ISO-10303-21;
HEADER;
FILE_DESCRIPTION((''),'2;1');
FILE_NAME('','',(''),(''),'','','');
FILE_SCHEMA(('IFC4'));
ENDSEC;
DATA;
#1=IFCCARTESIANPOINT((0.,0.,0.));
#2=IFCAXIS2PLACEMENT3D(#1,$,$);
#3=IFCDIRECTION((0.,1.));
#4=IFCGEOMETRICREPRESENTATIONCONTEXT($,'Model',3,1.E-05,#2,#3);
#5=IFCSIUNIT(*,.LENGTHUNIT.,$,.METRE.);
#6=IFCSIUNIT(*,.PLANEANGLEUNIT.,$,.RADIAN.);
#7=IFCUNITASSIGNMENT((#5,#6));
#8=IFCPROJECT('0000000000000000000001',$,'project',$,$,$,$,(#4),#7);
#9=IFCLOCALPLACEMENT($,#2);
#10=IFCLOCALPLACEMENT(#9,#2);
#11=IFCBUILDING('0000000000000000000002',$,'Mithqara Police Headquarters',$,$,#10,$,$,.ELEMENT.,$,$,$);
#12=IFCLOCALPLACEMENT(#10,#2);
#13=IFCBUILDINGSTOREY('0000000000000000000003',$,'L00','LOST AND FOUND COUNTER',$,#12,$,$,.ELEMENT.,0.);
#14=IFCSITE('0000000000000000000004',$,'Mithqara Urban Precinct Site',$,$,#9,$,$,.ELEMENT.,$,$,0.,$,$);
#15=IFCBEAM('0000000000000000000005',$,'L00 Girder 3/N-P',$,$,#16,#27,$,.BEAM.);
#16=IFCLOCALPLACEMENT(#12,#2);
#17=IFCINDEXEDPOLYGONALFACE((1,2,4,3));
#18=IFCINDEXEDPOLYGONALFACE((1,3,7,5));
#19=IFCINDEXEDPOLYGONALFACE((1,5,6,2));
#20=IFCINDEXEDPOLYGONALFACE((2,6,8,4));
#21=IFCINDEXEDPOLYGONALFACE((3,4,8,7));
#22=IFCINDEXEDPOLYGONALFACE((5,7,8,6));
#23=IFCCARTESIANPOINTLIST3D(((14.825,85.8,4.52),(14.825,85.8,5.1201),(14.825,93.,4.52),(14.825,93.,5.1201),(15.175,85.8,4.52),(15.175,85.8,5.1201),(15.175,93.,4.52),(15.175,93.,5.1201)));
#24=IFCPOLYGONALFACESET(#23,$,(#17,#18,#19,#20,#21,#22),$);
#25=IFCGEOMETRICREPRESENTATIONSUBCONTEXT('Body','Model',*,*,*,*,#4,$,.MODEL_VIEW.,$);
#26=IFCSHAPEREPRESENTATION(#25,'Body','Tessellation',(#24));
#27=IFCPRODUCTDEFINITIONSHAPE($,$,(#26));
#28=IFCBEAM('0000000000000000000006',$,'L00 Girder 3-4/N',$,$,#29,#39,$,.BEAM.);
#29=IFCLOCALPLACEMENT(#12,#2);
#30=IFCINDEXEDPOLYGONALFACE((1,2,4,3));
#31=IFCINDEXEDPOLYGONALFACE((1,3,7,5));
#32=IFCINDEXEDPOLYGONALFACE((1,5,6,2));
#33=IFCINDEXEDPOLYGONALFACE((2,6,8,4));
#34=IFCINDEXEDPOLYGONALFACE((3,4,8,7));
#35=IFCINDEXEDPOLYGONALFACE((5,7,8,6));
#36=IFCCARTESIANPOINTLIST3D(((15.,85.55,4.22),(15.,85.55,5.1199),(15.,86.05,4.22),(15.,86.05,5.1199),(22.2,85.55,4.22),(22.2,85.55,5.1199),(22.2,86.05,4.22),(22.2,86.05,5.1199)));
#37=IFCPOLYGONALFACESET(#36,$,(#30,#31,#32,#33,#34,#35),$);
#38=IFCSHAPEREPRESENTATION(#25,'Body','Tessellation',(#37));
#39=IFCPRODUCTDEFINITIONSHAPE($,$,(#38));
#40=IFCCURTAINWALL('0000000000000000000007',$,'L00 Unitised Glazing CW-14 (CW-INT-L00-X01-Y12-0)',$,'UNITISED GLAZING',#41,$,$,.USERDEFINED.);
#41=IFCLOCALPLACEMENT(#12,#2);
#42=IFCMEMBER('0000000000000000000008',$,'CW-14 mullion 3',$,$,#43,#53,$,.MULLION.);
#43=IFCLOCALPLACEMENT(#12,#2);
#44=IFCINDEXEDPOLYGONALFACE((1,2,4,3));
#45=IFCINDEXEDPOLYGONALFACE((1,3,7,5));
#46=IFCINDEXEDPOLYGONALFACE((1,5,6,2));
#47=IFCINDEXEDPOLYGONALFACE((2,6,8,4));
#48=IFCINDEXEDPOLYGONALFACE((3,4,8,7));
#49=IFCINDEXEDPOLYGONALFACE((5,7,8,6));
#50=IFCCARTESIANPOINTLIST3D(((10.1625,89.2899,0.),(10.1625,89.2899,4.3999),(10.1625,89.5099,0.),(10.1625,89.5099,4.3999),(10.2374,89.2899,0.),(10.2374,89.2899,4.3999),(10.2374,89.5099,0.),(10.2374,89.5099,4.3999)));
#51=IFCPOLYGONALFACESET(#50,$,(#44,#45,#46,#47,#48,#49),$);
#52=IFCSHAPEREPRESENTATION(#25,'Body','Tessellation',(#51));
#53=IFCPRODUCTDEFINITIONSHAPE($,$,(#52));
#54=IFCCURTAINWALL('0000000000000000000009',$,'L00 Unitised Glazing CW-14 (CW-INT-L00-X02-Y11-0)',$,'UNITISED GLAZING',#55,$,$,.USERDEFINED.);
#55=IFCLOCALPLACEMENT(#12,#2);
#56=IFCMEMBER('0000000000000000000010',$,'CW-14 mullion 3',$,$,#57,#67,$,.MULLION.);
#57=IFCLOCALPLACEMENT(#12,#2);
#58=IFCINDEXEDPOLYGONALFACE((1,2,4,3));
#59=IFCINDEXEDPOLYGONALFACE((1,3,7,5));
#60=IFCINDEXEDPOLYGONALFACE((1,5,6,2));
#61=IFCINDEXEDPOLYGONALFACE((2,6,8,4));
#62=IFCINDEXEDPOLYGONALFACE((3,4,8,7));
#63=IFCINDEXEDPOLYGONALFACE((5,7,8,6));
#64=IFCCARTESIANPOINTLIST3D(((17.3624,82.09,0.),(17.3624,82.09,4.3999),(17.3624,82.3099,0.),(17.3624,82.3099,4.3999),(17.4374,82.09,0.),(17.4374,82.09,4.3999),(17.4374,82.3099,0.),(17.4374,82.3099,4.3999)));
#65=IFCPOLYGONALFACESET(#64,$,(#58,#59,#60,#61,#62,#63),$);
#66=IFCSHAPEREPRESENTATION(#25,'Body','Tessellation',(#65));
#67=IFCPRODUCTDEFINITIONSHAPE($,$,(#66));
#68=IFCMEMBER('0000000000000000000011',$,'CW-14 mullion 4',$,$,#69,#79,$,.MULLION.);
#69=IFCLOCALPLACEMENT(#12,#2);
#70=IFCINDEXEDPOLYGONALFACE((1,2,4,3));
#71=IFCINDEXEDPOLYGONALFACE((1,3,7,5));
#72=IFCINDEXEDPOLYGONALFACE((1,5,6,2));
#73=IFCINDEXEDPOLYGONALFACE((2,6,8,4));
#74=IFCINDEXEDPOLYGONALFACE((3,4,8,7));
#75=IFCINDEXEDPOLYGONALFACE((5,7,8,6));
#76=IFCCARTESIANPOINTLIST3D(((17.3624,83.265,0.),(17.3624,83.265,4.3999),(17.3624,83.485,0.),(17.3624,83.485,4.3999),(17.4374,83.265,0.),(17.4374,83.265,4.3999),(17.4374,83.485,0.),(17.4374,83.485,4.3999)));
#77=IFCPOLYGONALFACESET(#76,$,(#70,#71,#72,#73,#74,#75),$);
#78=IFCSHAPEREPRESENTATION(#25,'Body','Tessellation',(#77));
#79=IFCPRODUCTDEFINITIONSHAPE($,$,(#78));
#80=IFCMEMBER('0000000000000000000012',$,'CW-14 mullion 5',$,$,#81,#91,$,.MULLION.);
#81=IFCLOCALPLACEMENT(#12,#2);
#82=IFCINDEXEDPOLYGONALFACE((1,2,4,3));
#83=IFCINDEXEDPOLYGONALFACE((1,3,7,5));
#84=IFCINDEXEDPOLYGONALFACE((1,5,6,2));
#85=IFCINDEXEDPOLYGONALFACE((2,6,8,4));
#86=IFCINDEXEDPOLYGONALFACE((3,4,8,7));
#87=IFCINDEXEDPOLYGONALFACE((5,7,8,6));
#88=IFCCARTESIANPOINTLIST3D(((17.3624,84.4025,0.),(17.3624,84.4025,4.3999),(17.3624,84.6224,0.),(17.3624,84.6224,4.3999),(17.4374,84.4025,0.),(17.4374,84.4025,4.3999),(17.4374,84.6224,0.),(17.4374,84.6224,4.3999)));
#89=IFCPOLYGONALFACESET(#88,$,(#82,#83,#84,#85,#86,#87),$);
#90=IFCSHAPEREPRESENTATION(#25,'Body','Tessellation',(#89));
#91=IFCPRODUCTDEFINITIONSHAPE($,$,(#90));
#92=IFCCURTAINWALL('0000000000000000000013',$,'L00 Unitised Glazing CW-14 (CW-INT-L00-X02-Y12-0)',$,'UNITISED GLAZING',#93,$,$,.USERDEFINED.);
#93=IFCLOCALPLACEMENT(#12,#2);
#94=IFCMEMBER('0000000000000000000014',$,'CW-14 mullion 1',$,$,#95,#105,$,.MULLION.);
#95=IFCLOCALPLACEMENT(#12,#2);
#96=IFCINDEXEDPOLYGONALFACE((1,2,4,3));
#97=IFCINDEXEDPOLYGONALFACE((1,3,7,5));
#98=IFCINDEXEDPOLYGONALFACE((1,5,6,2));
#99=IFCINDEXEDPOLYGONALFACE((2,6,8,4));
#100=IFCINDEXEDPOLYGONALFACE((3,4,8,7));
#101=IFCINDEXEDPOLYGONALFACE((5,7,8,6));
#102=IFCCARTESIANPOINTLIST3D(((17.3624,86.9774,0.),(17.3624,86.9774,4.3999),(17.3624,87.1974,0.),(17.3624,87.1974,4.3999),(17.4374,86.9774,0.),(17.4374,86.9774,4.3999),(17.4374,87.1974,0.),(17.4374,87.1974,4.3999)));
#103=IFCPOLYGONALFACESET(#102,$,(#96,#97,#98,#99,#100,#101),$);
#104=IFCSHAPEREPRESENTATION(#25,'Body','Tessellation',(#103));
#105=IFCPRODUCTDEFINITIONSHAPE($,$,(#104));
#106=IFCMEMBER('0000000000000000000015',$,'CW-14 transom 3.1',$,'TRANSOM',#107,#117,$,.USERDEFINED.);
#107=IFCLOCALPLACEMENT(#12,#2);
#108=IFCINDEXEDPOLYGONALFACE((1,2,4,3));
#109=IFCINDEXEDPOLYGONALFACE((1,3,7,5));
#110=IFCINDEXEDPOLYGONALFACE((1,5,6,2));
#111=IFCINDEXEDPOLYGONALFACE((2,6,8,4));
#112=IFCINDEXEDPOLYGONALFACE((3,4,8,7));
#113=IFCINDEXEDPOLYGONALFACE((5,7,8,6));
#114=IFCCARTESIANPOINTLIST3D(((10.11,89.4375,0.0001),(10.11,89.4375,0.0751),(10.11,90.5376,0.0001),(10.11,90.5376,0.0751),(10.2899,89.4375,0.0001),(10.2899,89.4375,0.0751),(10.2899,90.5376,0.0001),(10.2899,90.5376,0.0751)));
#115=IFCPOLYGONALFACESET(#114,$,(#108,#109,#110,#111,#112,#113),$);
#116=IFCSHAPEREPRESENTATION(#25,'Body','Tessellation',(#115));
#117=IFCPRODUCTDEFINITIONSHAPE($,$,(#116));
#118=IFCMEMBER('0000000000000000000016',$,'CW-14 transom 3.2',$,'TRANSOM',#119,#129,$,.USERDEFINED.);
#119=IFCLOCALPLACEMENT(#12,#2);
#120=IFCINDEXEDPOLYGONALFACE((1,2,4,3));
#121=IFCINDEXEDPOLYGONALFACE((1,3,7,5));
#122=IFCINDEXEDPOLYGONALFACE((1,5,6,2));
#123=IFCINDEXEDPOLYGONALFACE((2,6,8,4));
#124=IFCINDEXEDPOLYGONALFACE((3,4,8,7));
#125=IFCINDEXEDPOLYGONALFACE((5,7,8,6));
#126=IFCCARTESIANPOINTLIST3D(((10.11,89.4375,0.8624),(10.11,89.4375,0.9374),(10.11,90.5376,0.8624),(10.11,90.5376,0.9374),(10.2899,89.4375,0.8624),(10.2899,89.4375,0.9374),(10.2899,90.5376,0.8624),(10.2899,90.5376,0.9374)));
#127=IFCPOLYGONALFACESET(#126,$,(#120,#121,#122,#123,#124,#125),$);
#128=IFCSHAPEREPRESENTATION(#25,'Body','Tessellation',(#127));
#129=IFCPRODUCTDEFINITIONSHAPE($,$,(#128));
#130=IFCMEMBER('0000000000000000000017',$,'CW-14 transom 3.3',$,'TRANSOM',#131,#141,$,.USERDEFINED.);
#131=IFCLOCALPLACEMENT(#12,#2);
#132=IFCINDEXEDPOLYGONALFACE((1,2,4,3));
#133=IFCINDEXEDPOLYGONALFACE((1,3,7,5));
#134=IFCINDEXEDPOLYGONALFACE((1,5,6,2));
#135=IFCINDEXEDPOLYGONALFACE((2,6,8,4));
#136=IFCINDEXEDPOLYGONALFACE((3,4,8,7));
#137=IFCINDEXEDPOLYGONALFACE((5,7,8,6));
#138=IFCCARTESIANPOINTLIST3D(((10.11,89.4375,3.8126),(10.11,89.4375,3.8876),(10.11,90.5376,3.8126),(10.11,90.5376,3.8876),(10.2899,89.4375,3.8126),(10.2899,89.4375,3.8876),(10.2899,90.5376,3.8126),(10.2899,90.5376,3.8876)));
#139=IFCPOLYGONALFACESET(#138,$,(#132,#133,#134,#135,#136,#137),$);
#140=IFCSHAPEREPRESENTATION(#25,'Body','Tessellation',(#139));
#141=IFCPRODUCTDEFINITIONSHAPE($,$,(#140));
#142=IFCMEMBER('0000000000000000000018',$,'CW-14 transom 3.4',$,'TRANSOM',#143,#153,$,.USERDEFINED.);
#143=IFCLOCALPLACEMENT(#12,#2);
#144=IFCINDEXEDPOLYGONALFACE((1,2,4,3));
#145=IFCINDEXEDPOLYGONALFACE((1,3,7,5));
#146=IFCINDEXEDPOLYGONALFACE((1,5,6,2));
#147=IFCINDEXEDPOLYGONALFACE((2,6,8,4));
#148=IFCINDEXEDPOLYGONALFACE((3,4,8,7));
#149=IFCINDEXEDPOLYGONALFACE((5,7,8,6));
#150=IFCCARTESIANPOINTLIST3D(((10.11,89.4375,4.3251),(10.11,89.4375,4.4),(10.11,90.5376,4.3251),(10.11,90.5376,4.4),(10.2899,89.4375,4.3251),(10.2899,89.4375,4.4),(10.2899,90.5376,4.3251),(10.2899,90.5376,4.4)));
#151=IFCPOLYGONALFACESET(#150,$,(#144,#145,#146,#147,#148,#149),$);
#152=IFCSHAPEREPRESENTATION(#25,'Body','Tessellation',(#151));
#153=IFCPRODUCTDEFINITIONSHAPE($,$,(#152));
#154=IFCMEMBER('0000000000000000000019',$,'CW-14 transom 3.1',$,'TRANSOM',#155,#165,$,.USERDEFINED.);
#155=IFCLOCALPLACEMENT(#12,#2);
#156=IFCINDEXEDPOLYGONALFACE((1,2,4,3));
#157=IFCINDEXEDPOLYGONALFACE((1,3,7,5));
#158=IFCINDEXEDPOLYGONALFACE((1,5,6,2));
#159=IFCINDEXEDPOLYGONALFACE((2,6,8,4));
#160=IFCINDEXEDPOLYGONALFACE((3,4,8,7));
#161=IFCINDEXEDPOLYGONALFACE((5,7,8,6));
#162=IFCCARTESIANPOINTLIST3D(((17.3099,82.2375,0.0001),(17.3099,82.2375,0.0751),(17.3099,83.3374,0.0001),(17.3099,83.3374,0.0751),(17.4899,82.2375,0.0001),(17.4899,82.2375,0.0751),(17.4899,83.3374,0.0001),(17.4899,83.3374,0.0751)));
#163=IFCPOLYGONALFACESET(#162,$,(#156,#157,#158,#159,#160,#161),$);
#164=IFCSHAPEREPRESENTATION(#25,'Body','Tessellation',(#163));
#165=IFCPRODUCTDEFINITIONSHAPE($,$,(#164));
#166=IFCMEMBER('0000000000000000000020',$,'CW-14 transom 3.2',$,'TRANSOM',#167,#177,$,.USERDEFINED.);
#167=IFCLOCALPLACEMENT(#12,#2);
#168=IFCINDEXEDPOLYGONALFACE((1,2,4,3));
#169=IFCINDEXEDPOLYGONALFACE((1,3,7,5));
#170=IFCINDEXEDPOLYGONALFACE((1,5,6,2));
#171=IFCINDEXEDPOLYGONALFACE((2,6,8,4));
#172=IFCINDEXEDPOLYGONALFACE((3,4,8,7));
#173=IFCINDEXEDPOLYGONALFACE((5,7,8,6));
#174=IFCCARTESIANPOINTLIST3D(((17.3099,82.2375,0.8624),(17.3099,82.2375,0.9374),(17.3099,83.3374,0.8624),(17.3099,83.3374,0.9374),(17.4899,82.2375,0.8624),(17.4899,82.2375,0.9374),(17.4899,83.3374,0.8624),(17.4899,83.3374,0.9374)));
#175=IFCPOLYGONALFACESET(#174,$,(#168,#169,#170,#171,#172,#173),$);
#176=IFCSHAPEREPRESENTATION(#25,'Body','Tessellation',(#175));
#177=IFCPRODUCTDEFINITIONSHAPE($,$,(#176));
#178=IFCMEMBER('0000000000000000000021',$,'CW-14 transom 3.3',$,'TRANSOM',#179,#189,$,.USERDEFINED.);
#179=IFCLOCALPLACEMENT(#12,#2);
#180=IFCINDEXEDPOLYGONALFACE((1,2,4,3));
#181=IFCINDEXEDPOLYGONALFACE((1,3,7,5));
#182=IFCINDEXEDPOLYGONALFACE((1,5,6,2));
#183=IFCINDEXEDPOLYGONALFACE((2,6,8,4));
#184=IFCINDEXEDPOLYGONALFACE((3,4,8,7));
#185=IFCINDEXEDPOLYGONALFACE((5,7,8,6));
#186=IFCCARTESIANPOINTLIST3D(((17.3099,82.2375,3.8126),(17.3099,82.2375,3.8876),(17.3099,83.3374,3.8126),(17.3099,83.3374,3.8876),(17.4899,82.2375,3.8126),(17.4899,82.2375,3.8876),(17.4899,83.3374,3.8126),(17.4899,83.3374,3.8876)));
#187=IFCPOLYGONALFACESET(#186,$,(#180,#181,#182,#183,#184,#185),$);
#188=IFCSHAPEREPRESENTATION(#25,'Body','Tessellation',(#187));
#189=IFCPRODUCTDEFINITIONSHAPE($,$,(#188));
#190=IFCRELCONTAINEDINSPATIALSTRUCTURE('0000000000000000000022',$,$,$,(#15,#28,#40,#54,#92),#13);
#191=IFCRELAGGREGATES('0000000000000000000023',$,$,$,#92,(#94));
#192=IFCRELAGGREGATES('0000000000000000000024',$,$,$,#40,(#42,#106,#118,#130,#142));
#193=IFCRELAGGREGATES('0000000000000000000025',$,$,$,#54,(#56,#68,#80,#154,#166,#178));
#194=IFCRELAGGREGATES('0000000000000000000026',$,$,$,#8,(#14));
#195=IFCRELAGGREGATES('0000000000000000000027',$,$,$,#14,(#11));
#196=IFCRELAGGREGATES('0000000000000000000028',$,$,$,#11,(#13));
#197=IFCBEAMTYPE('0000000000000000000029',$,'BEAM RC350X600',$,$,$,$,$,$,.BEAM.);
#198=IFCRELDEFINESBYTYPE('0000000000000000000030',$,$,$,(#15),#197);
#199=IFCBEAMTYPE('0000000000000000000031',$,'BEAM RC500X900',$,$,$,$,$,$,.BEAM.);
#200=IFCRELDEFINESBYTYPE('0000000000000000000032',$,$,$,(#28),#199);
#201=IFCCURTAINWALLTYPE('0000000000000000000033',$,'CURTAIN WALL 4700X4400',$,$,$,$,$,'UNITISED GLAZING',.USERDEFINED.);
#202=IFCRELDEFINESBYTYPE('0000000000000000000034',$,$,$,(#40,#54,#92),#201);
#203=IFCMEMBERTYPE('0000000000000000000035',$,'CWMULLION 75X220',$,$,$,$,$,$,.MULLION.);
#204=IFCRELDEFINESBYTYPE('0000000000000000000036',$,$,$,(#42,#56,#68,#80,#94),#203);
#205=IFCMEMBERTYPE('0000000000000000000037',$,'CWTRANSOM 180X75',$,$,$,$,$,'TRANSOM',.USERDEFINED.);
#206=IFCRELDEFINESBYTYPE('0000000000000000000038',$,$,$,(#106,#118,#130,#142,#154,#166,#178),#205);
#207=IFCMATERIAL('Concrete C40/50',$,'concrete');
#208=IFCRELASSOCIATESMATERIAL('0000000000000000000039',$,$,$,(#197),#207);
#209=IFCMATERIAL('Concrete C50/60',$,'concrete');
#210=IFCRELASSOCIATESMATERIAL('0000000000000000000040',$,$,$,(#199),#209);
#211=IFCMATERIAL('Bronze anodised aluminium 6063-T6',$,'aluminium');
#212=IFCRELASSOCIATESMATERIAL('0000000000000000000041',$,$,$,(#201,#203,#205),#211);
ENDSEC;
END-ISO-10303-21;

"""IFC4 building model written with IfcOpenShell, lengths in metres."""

from ifc_helpers import new_model, si_unit, direction, frame, origin, origin_2d, place, context, subcontext, project, spatial, rectangle, extrude, material, material_profile, profile_set, type_object, element, aggregate, save


model = new_model("IFC4")

# Units and contexts
model_context = context("Model", 3, precision=1e-05, world=origin(), true_north=direction((0.0, 1.0)))
body_context = subcontext(model_context, "Body", "Model", "MODEL_VIEW")
ifc_project = project(units=[si_unit("LENGTHUNIT", "METRE"), si_unit("PLANEANGLEUNIT", "RADIAN")], contexts=[model_context])

# Site, building, storey
site_placement = place(None, origin())
site = spatial("IfcSite", under=ifc_project, at=site_placement, Name="Mithqara Urban Precinct Site", CompositionType="ELEMENT", RefElevation=0.0)
building_placement = place(site_placement, origin())
building = spatial("IfcBuilding", under=site, at=building_placement, Name="Mithqara Police Headquarters", CompositionType="ELEMENT")
storey_placement = place(building_placement, origin())
storey = spatial("IfcBuildingStorey", under=building, at=storey_placement, Name="L00", Description="LOST AND FOUND COUNTER", CompositionType="ELEMENT", Elevation=0.0)

# Shared definitions
ifc_material_1 = material(Name="Concrete C50/60", Category="concrete")

# Beams
ifc_material_2 = material(Name="Concrete C40/50", Category="concrete")
ifc_material_profile_1 = material_profile(ifc_material_2, rectangle(XDim=0.3501, YDim=0.6001, at=origin_2d()), Name="RC 350x600")
ifc_profile_set_1 = profile_set([ifc_material_profile_1], Name="Concrete C40/50")
beam_type_1 = type_object("IfcBeamType", Name="BEAM RC350X600", PredefinedType="BEAM", material=ifc_profile_set_1)
beam_1_placement = place(storey_placement, frame((15.0, 85.8, 4.8201), z_axis=(0.0, 1.0, 0.0), x_axis=(-1.0, 0.0, 0.0)))
element("IfcBeam", 1, at=beam_1_placement, inside=storey, type_object=beam_type_1, Name="L00 Girder 3/N-P", PredefinedType="BEAM", context=body_context, shape_type="SweptSolid", body=[
    extrude(rectangle(XDim=0.3501, YDim=0.6001, at=origin_2d()), origin(), (0.0, 0.0, 1.0), 7.2),
])
ifc_material_profile_2 = material_profile(ifc_material_1, rectangle(XDim=0.5, YDim=0.8999, at=origin_2d()), Name="RC 500x900")
ifc_profile_set_2 = profile_set([ifc_material_profile_2], Name="Concrete C50/60")
beam_type_2 = type_object("IfcBeamType", Name="BEAM RC500X900", PredefinedType="BEAM", material=ifc_profile_set_2)
beam_2_placement = place(storey_placement, frame((15.0, 85.8, 4.6699), z_axis=(1.0, 0.0, 0.0), x_axis=(0.0, 1.0, 0.0)))
element("IfcBeam", 2, at=beam_2_placement, inside=storey, type_object=beam_type_2, Name="L00 Girder 3-4/N", PredefinedType="BEAM", context=body_context, shape_type="SweptSolid", body=[
    extrude(rectangle(XDim=0.5, YDim=0.8999, at=origin_2d()), origin(), (0.0, 0.0, 1.0), 7.2),
])

# Curtain wall, member
ifc_material_3 = material(Name="Bronze anodised aluminium 6063-T6", Category="aluminium")
curtain_wall_type = type_object("IfcCurtainWallType", Name="CURTAIN WALL 4700X4400", ElementType="UNITISED GLAZING", PredefinedType="USERDEFINED", material=ifc_material_3)
curtain_wall_1_placement = place(storey_placement, origin())
curtain_wall_1 = element("IfcCurtainWall", 3, at=curtain_wall_1_placement, inside=storey, type_object=curtain_wall_type, Name="L00 Unitised Glazing CW-14 (CW-INT-L00-X01-Y12-0)", ObjectType="UNITISED GLAZING", PredefinedType="USERDEFINED")
ifc_material_profile_3 = material_profile(ifc_material_3, rectangle(XDim=0.075, YDim=0.22, at=origin_2d()), Name="CWM 75x220")
ifc_profile_set_3 = profile_set([ifc_material_profile_3], Name="Bronze anodised aluminium 6063-T6")
member_type_1 = type_object("IfcMemberType", Name="CWMULLION 75X220", PredefinedType="MULLION", material=ifc_profile_set_3)
member_1_placement = place(storey_placement, frame((10.2, 89.3999, 0.0), z_axis=(0.0, 0.0, 1.0), x_axis=(-1.0, 0.0, 0.0)))
member_1 = element("IfcMember", 4, at=member_1_placement, type_object=member_type_1, Name="CW-14 mullion 3", PredefinedType="MULLION", context=body_context, shape_type="SweptSolid", body=[
    extrude(rectangle(XDim=0.075, YDim=0.22, at=origin_2d()), origin(), (0.0, 0.0, 1.0), 4.3999),
])

# Curtain wall, members
curtain_wall_2_placement = place(storey_placement, origin())
curtain_wall_2 = element("IfcCurtainWall", 5, at=curtain_wall_2_placement, inside=storey, type_object=curtain_wall_type, Name="L00 Unitised Glazing CW-14 (CW-INT-L00-X02-Y11-0)", ObjectType="UNITISED GLAZING", PredefinedType="USERDEFINED")
member_2_placement = place(storey_placement, frame((17.3999, 82.2, 0.0), z_axis=(0.0, 0.0, 1.0), x_axis=(-1.0, 0.0, 0.0)))
member_2 = element("IfcMember", 6, at=member_2_placement, type_object=member_type_1, Name="CW-14 mullion 3", PredefinedType="MULLION", context=body_context, shape_type="SweptSolid", body=[
    extrude(rectangle(XDim=0.075, YDim=0.22, at=origin_2d()), origin(), (0.0, 0.0, 1.0), 4.3999),
])
member_3_placement = place(storey_placement, frame((17.3999, 83.375, 0.0), z_axis=(0.0, 0.0, 1.0), x_axis=(-1.0, 0.0, 0.0)))
member_3 = element("IfcMember", 7, at=member_3_placement, type_object=member_type_1, Name="CW-14 mullion 4", PredefinedType="MULLION", context=body_context, shape_type="SweptSolid", body=[
    extrude(rectangle(XDim=0.075, YDim=0.22, at=origin_2d()), origin(), (0.0, 0.0, 1.0), 4.3999),
])
member_4_placement = place(storey_placement, frame((17.3999, 84.5125, 0.0), z_axis=(0.0, 0.0, 1.0), x_axis=(-1.0, 0.0, 0.0)))
member_4 = element("IfcMember", 8, at=member_4_placement, type_object=member_type_1, Name="CW-14 mullion 5", PredefinedType="MULLION", context=body_context, shape_type="SweptSolid", body=[
    extrude(rectangle(XDim=0.075, YDim=0.22, at=origin_2d()), origin(), (0.0, 0.0, 1.0), 4.3999),
])

# Curtain wall, member
curtain_wall_3_placement = place(storey_placement, origin())
curtain_wall_3 = element("IfcCurtainWall", 9, at=curtain_wall_3_placement, inside=storey, type_object=curtain_wall_type, Name="L00 Unitised Glazing CW-14 (CW-INT-L00-X02-Y12-0)", ObjectType="UNITISED GLAZING", PredefinedType="USERDEFINED")
member_5_placement = place(storey_placement, frame((17.3999, 87.0874, 0.0), z_axis=(0.0, 0.0, 1.0), x_axis=(-1.0, 0.0, 0.0)))
member_5 = element("IfcMember", 10, at=member_5_placement, type_object=member_type_1, Name="CW-14 mullion 1", PredefinedType="MULLION", context=body_context, shape_type="SweptSolid", body=[
    extrude(rectangle(XDim=0.075, YDim=0.22, at=origin_2d()), origin(), (0.0, 0.0, 1.0), 4.3999),
])

# Members
ifc_material_profile_4 = material_profile(ifc_material_3, rectangle(XDim=0.1799, YDim=0.075, at=origin_2d()), Name="CWT 180x75")
ifc_profile_set_4 = profile_set([ifc_material_profile_4], Name="Bronze anodised aluminium 6063-T6")
member_type_2 = type_object("IfcMemberType", Name="CWTRANSOM 180X75", ElementType="TRANSOM", PredefinedType="USERDEFINED", material=ifc_profile_set_4)
member_6_placement = place(storey_placement, frame((10.2, 89.4375, 0.0376), z_axis=(0.0, 1.0, 0.0), x_axis=(-1.0, 0.0, 0.0)))
member_6 = element("IfcMember", 11, at=member_6_placement, type_object=member_type_2, Name="CW-14 transom 3.1", ObjectType="TRANSOM", PredefinedType="USERDEFINED", context=body_context, shape_type="SweptSolid", body=[
    extrude(rectangle(XDim=0.1799, YDim=0.075, at=origin_2d()), origin(), (0.0, 0.0, 1.0), 1.1001),
])
member_7_placement = place(storey_placement, frame((10.2, 89.4375, 0.8999), z_axis=(0.0, 1.0, 0.0), x_axis=(-1.0, 0.0, 0.0)))
member_7 = element("IfcMember", 12, at=member_7_placement, type_object=member_type_2, Name="CW-14 transom 3.2", ObjectType="TRANSOM", PredefinedType="USERDEFINED", context=body_context, shape_type="SweptSolid", body=[
    extrude(rectangle(XDim=0.1799, YDim=0.075, at=origin_2d()), origin(), (0.0, 0.0, 1.0), 1.1001),
])
member_8_placement = place(storey_placement, frame((10.2, 89.4375, 3.8501), z_axis=(0.0, 1.0, 0.0), x_axis=(-1.0, 0.0, 0.0)))
member_8 = element("IfcMember", 13, at=member_8_placement, type_object=member_type_2, Name="CW-14 transom 3.3", ObjectType="TRANSOM", PredefinedType="USERDEFINED", context=body_context, shape_type="SweptSolid", body=[
    extrude(rectangle(XDim=0.1799, YDim=0.075, at=origin_2d()), origin(), (0.0, 0.0, 1.0), 1.1001),
])
member_9_placement = place(storey_placement, frame((10.2, 89.4375, 4.3625), z_axis=(0.0, 1.0, 0.0), x_axis=(-1.0, 0.0, 0.0)))
member_9 = element("IfcMember", 14, at=member_9_placement, type_object=member_type_2, Name="CW-14 transom 3.4", ObjectType="TRANSOM", PredefinedType="USERDEFINED", context=body_context, shape_type="SweptSolid", body=[
    extrude(rectangle(XDim=0.1799, YDim=0.075, at=origin_2d()), origin(), (0.0, 0.0, 1.0), 1.1001),
])
member_10_placement = place(storey_placement, frame((17.3999, 82.2375, 0.0376), z_axis=(0.0, 1.0, 0.0), x_axis=(-1.0, 0.0, 0.0)))
member_10 = element("IfcMember", 15, at=member_10_placement, type_object=member_type_2, Name="CW-14 transom 3.1", ObjectType="TRANSOM", PredefinedType="USERDEFINED", context=body_context, shape_type="SweptSolid", body=[
    extrude(rectangle(XDim=0.1799, YDim=0.075, at=origin_2d()), origin(), (0.0, 0.0, 1.0), 1.0999),
])
member_11_placement = place(storey_placement, frame((17.3999, 82.2375, 0.8999), z_axis=(0.0, 1.0, 0.0), x_axis=(-1.0, 0.0, 0.0)))
member_11 = element("IfcMember", 16, at=member_11_placement, type_object=member_type_2, Name="CW-14 transom 3.2", ObjectType="TRANSOM", PredefinedType="USERDEFINED", context=body_context, shape_type="SweptSolid", body=[
    extrude(rectangle(XDim=0.1799, YDim=0.075, at=origin_2d()), origin(), (0.0, 0.0, 1.0), 1.0999),
])
member_12_placement = place(storey_placement, frame((17.3999, 82.2375, 3.8501), z_axis=(0.0, 1.0, 0.0), x_axis=(-1.0, 0.0, 0.0)))
member_12 = element("IfcMember", 17, at=member_12_placement, type_object=member_type_2, Name="CW-14 transom 3.3", ObjectType="TRANSOM", PredefinedType="USERDEFINED", context=body_context, shape_type="SweptSolid", body=[
    extrude(rectangle(XDim=0.1799, YDim=0.075, at=origin_2d()), origin(), (0.0, 0.0, 1.0), 1.0999),
])
aggregate(curtain_wall_3, [member_5])

aggregate(curtain_wall_1, [member_1, member_6, member_7, member_8, member_9])
aggregate(curtain_wall_2, [member_2, member_3, member_4, member_10, member_11, member_12])

save(model, "model.ifc")
